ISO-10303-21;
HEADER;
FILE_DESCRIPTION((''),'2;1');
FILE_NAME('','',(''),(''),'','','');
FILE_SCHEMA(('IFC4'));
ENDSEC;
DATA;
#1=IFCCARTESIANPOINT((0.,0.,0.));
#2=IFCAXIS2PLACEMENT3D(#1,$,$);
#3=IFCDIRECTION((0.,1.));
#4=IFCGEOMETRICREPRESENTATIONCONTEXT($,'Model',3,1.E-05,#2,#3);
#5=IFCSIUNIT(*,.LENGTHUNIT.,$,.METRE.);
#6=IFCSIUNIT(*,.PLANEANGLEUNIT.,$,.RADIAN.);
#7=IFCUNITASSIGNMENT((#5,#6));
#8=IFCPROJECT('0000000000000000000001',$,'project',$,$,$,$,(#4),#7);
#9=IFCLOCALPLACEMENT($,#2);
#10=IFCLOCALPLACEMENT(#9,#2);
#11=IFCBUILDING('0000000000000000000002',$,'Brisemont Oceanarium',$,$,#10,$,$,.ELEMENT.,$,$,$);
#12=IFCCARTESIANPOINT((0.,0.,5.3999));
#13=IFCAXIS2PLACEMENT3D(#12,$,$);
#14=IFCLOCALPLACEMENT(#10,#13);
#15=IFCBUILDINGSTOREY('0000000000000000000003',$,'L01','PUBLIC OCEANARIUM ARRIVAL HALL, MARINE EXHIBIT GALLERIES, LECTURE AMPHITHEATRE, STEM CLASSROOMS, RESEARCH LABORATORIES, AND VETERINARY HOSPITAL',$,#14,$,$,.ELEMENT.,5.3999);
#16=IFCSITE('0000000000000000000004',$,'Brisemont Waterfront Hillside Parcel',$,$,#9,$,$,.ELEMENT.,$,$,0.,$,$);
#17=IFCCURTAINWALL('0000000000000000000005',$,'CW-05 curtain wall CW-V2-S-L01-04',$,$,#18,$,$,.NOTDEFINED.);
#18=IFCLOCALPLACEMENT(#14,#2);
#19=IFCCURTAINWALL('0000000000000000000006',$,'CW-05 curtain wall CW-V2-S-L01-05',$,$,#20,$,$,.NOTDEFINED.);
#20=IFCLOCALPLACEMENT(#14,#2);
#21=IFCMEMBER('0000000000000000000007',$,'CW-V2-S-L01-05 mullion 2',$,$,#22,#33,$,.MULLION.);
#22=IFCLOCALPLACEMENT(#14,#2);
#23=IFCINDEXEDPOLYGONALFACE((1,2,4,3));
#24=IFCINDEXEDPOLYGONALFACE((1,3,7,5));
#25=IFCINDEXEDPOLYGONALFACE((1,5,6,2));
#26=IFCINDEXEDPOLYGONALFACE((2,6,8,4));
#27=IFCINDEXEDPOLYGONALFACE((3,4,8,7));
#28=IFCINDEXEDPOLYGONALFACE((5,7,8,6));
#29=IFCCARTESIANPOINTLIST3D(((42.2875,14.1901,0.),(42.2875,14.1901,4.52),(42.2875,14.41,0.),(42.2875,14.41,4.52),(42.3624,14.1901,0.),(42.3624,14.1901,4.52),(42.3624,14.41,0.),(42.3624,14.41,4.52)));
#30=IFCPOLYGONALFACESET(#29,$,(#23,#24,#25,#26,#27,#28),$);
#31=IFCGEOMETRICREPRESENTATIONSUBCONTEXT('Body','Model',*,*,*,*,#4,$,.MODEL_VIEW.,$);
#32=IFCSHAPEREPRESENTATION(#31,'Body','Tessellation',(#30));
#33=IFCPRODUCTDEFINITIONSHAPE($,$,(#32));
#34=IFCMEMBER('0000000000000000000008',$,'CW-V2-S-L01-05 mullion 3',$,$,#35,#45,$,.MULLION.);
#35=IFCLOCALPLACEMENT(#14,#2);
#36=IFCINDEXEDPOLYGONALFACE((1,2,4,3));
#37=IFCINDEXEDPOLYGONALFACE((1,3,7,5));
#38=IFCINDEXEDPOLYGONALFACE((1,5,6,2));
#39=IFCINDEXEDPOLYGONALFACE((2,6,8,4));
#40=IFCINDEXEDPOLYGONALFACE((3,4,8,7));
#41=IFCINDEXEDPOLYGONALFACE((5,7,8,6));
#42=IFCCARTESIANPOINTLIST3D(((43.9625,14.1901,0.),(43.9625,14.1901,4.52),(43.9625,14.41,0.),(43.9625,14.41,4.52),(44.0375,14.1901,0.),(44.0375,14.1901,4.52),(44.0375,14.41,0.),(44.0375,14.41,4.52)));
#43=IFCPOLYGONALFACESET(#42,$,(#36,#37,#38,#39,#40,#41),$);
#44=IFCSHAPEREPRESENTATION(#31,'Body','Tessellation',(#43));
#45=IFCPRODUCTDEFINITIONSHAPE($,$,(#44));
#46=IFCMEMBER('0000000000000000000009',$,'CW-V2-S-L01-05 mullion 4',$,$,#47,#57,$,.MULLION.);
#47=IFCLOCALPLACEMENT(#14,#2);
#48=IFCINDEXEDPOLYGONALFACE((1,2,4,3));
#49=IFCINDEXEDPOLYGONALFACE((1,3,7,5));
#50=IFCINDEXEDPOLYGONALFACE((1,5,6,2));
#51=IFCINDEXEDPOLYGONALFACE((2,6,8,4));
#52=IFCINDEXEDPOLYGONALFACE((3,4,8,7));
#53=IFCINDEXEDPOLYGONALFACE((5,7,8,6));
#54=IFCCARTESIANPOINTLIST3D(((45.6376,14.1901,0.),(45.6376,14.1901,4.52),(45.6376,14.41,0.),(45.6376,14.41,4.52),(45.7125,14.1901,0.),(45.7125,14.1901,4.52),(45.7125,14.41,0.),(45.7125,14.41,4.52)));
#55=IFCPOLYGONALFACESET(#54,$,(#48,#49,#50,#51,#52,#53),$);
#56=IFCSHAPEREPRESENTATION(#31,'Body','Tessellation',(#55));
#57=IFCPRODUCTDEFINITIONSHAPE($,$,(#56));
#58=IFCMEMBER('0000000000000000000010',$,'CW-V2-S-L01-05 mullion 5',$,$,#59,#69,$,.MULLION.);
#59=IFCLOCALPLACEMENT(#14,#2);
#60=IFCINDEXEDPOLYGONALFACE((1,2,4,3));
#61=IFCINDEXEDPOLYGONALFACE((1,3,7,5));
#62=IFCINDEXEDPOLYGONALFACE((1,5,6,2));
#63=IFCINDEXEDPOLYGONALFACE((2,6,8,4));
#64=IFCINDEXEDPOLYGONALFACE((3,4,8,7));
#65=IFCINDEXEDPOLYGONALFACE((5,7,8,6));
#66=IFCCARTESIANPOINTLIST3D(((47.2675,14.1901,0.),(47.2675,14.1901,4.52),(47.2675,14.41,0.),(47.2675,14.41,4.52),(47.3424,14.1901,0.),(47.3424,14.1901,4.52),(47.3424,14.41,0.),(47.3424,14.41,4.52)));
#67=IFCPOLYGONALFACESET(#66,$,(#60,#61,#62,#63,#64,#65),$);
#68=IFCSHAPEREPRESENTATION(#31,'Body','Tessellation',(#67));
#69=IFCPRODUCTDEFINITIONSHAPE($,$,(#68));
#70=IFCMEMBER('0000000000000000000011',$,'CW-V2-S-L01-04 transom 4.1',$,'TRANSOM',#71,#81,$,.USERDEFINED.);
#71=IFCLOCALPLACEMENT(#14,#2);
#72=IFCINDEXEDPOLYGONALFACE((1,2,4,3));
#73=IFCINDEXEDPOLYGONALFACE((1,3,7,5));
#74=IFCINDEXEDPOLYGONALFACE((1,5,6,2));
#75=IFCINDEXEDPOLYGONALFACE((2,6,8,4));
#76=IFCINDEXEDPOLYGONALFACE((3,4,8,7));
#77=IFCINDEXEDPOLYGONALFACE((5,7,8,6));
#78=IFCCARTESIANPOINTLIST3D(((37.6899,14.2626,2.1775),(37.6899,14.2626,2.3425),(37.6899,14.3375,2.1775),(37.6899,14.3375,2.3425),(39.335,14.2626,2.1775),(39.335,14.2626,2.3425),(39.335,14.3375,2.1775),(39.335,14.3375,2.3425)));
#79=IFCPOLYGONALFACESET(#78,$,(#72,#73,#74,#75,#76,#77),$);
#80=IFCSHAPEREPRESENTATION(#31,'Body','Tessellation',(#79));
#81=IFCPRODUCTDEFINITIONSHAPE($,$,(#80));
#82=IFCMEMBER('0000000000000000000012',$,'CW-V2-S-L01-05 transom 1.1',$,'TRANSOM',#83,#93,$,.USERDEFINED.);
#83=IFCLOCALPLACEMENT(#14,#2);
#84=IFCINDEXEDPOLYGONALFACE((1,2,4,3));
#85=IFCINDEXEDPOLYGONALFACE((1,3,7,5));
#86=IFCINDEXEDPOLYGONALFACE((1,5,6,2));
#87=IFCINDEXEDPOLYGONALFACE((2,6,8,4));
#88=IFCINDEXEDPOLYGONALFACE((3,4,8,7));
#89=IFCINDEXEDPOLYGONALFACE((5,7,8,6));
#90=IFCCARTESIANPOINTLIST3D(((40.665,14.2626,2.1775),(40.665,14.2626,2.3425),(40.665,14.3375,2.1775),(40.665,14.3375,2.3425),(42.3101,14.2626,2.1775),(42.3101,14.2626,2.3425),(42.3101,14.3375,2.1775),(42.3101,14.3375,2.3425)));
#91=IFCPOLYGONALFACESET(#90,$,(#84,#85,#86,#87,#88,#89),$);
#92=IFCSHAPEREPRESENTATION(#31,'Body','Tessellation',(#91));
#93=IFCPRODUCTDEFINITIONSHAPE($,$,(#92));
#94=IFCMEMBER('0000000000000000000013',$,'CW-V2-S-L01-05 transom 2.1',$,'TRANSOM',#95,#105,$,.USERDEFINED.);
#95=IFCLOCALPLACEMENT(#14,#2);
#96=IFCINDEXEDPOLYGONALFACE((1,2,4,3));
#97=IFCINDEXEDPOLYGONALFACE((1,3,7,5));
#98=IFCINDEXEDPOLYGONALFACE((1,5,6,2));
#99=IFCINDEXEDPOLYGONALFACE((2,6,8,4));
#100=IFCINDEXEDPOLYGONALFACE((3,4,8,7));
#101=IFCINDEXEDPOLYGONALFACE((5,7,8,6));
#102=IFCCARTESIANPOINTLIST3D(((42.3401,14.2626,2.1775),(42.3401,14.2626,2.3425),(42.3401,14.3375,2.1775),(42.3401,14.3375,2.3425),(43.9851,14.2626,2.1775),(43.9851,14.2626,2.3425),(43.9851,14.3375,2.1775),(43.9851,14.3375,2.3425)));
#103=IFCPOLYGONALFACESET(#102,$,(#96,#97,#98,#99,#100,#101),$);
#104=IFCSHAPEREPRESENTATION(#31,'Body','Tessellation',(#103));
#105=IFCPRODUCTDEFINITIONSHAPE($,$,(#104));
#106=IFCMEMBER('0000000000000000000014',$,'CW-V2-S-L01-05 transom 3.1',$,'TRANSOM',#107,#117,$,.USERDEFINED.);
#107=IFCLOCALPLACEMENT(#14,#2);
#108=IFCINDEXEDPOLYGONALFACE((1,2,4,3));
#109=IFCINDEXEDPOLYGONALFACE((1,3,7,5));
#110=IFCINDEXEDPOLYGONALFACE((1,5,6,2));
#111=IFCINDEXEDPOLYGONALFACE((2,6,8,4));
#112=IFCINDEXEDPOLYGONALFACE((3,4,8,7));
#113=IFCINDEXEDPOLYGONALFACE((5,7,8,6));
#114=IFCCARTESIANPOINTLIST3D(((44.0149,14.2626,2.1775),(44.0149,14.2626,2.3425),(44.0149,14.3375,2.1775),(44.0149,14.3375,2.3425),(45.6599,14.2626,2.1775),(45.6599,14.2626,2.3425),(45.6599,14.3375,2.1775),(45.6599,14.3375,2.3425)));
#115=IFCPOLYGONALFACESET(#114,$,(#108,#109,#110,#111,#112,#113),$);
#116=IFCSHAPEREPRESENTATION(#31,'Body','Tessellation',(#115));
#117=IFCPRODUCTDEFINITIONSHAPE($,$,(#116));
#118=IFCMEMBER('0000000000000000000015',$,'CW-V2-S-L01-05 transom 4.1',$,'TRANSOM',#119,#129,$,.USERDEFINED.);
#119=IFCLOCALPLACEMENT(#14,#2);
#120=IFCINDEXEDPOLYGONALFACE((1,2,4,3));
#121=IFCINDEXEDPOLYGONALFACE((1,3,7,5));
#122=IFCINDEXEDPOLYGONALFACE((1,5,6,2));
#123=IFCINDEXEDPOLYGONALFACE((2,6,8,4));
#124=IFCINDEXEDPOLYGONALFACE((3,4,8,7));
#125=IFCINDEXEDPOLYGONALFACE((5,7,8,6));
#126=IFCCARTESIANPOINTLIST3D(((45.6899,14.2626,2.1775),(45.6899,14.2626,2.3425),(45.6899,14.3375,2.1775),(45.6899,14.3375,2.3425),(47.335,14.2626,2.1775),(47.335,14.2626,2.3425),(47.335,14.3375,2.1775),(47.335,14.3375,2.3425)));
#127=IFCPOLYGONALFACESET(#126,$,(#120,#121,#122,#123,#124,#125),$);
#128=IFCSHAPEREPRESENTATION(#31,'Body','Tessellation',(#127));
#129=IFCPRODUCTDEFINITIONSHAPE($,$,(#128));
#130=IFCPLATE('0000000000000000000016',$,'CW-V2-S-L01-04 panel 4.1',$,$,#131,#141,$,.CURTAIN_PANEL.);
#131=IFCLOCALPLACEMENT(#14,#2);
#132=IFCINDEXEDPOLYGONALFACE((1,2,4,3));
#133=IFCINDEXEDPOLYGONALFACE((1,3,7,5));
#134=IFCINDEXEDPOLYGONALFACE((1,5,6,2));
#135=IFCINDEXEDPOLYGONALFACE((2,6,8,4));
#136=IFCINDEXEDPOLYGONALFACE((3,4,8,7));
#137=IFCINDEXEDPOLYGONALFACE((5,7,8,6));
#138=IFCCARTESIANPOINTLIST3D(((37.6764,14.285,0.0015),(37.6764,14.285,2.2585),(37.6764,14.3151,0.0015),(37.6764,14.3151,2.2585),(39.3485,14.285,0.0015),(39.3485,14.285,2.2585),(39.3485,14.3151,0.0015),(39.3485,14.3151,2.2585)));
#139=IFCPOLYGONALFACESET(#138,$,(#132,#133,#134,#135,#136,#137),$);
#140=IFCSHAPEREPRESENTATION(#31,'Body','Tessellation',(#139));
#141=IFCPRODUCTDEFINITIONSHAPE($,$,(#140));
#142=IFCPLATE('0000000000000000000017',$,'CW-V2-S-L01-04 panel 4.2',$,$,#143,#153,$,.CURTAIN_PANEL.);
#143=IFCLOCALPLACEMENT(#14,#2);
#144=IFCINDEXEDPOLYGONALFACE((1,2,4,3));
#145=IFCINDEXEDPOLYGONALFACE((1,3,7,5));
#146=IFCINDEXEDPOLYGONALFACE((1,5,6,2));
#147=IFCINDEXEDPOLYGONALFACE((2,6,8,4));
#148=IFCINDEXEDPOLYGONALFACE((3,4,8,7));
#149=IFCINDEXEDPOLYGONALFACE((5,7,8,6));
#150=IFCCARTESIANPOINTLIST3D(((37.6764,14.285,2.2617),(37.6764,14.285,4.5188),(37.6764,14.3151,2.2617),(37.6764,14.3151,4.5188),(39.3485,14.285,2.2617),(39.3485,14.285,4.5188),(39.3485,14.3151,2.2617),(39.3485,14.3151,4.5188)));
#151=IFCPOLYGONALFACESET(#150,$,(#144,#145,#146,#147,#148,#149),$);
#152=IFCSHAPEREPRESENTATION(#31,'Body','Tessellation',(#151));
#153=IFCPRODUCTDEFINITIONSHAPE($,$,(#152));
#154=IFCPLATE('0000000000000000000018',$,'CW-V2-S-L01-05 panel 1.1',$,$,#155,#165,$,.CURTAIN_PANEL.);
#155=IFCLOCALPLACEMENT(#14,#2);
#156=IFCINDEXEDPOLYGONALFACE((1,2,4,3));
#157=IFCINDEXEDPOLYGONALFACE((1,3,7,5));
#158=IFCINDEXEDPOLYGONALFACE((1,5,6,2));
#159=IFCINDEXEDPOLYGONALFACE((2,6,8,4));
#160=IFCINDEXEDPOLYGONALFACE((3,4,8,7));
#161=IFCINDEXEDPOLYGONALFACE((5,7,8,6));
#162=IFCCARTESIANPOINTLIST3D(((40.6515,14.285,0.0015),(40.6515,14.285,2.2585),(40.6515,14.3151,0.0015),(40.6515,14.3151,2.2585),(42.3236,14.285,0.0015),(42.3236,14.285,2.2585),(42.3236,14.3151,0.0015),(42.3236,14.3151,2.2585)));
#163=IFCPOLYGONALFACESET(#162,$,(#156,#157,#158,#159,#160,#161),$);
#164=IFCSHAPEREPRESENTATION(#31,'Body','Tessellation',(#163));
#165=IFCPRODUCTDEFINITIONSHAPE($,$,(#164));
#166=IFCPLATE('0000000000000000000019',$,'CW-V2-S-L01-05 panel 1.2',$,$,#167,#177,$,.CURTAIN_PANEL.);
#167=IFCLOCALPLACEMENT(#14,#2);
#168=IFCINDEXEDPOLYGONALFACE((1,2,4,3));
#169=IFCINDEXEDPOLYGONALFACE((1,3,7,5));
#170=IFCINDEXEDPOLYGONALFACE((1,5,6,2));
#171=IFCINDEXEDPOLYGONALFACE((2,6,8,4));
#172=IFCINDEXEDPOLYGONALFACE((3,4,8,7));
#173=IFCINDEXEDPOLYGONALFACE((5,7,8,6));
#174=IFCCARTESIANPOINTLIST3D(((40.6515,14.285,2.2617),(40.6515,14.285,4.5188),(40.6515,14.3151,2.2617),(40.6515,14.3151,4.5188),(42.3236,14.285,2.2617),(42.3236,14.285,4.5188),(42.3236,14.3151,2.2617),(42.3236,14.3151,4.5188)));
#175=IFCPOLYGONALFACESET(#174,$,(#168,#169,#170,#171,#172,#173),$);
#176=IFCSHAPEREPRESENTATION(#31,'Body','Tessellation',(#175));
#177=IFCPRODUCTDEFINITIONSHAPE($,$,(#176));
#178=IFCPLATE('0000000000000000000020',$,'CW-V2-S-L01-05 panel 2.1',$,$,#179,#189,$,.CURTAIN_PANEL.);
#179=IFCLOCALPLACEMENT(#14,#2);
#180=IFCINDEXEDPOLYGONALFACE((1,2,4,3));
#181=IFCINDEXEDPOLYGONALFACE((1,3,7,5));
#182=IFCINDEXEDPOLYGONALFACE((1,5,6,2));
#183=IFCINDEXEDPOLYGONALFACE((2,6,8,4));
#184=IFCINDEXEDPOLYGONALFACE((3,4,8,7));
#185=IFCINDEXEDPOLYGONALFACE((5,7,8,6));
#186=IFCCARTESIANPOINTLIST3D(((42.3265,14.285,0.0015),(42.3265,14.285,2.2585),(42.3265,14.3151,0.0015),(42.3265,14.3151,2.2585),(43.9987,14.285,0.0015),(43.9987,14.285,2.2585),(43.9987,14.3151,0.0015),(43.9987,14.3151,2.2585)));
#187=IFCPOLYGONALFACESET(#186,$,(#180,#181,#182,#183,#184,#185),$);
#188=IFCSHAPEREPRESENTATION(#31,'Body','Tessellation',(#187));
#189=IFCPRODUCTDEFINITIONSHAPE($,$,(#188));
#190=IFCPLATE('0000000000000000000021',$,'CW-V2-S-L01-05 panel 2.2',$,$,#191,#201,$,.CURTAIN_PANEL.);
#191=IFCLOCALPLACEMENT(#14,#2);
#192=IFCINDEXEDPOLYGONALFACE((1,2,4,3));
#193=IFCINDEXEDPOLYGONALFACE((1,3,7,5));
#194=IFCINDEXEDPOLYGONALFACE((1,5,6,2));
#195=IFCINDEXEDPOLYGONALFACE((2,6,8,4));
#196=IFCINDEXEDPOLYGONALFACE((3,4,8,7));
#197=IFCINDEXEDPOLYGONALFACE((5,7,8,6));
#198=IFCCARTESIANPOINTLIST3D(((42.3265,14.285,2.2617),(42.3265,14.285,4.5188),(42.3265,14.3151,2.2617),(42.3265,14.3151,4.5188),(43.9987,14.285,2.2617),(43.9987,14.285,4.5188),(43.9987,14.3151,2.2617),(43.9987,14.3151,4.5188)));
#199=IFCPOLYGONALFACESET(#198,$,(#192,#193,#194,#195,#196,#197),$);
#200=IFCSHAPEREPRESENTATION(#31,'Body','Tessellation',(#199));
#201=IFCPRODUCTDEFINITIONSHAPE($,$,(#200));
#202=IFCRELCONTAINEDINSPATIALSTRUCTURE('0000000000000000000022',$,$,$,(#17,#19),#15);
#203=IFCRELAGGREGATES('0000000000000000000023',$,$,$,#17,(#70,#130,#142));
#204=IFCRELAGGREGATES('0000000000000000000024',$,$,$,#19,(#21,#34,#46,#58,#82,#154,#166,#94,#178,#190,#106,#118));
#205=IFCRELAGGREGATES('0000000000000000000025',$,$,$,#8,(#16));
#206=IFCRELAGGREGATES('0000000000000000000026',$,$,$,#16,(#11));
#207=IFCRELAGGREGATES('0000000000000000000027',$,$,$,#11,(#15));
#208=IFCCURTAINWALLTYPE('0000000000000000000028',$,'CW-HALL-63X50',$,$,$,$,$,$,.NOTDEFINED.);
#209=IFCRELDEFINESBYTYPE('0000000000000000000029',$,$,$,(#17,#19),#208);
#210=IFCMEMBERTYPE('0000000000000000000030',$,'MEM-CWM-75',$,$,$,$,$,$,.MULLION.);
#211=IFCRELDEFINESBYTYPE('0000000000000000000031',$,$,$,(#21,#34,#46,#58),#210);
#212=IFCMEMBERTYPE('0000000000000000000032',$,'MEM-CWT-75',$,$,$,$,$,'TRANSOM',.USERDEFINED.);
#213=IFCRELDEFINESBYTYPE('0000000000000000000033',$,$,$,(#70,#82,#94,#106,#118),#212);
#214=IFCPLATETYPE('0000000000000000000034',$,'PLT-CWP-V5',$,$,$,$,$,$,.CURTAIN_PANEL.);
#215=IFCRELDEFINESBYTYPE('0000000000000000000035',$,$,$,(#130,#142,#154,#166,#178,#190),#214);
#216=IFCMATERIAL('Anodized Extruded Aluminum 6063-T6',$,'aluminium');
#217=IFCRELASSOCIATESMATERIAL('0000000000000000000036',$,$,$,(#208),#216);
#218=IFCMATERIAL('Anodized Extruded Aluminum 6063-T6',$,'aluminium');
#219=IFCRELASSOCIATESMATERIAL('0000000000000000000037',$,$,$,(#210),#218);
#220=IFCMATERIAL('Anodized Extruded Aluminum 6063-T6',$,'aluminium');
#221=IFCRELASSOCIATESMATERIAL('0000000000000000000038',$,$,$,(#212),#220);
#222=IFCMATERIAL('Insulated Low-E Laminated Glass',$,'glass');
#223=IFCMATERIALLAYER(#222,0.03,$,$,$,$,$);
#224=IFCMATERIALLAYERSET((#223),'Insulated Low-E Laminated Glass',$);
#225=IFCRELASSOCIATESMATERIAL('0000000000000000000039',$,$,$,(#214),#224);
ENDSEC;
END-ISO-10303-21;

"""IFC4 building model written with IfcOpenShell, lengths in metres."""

from ifc_helpers import new_model, si_unit, direction, frame, origin, origin_2d, place, context, subcontext, project, spatial, rectangle, extrude, material, layer, layer_set, material_profile, profile_set, type_object, element, aggregate, save


model = new_model("IFC4")

# Units and contexts
model_context = context("Model", 3, precision=1e-05, world=origin(), true_north=direction((0.0, 1.0)))
body_context = subcontext(model_context, "Body", "Model", "MODEL_VIEW")
ifc_project = project(units=[si_unit("LENGTHUNIT", "METRE"), si_unit("PLANEANGLEUNIT", "RADIAN")], contexts=[model_context])

# Site, building, storey
site_placement = place(None, origin())
site = spatial("IfcSite", under=ifc_project, at=site_placement, Name="Brisemont Waterfront Hillside Parcel", CompositionType="ELEMENT", RefElevation=0.0)
building_placement = place(site_placement, origin())
building = spatial("IfcBuilding", under=site, at=building_placement, Name="Brisemont Oceanarium", CompositionType="ELEMENT")
storey_placement = place(building_placement, frame((0.0, 0.0, 5.3999)))
storey = spatial("IfcBuildingStorey", under=building, at=storey_placement, Name="L01", Description="PUBLIC OCEANARIUM ARRIVAL HALL, MARINE EXHIBIT GALLERIES, LECTURE AMPHITHEATRE, STEM CLASSROOMS, RESEARCH LABORATORIES, AND VETERINARY HOSPITAL", CompositionType="ELEMENT", Elevation=5.3999)

# Curtain walls, members
ifc_material_1 = material(Name="Anodized Extruded Aluminum 6063-T6", Category="aluminium")
curtain_wall_type = type_object("IfcCurtainWallType", Name="CW-HALL-63X50", PredefinedType="NOTDEFINED", material=ifc_material_1)
curtain_wall_1_placement = place(storey_placement, origin())
curtain_wall_1 = element("IfcCurtainWall", 1, at=curtain_wall_1_placement, inside=storey, type_object=curtain_wall_type, Name="CW-05 curtain wall CW-V2-S-L01-04", PredefinedType="NOTDEFINED")
ifc_material_2 = material(Name="Anodized Extruded Aluminum 6063-T6", Category="aluminium")
ifc_material_profile_1 = material_profile(ifc_material_2, rectangle(XDim=0.075, YDim=0.22, at=origin_2d()), Name="CWM-75X220")
ifc_profile_set_1 = profile_set([ifc_material_profile_1], Name="Anodized Extruded Aluminum 6063-T6")
member_type_1 = type_object("IfcMemberType", Name="MEM-CWM-75", PredefinedType="MULLION", material=ifc_profile_set_1)
curtain_wall_2_placement = place(storey_placement, origin())
curtain_wall_2 = element("IfcCurtainWall", 2, at=curtain_wall_2_placement, inside=storey, type_object=curtain_wall_type, Name="CW-05 curtain wall CW-V2-S-L01-05", PredefinedType="NOTDEFINED")
member_1_placement = place(storey_placement, frame((42.325, 14.3, 0.0), z_axis=(0.0, 0.0, 1.0), x_axis=(1.0, 0.0, 0.0)))
member_1 = element("IfcMember", 3, at=member_1_placement, type_object=member_type_1, Name="CW-V2-S-L01-05 mullion 2", PredefinedType="MULLION", context=body_context, shape_type="SweptSolid", body=[
    extrude(rectangle(XDim=0.075, YDim=0.22, at=origin_2d()), origin(), (0.0, 0.0, 1.0), 4.52),
])
member_2_placement = place(storey_placement, frame((44.0, 14.3, 0.0), z_axis=(0.0, 0.0, 1.0), x_axis=(1.0, 0.0, 0.0)))
member_2 = element("IfcMember", 4, at=member_2_placement, type_object=member_type_1, Name="CW-V2-S-L01-05 mullion 3", PredefinedType="MULLION", context=body_context, shape_type="SweptSolid", body=[
    extrude(rectangle(XDim=0.075, YDim=0.22, at=origin_2d()), origin(), (0.0, 0.0, 1.0), 4.52),
])
member_3_placement = place(storey_placement, frame((45.675, 14.3, 0.0), z_axis=(0.0, 0.0, 1.0), x_axis=(1.0, 0.0, 0.0)))
member_3 = element("IfcMember", 5, at=member_3_placement, type_object=member_type_1, Name="CW-V2-S-L01-05 mullion 4", PredefinedType="MULLION", context=body_context, shape_type="SweptSolid", body=[
    extrude(rectangle(XDim=0.075, YDim=0.22, at=origin_2d()), origin(), (0.0, 0.0, 1.0), 4.52),
])
member_4_placement = place(storey_placement, frame((47.3049, 14.3, 0.0), z_axis=(0.0, 0.0, 1.0), x_axis=(1.0, 0.0, 0.0)))
member_4 = element("IfcMember", 6, at=member_4_placement, type_object=member_type_1, Name="CW-V2-S-L01-05 mullion 5", PredefinedType="MULLION", context=body_context, shape_type="SweptSolid", body=[
    extrude(rectangle(XDim=0.075, YDim=0.22, at=origin_2d()), origin(), (0.0, 0.0, 1.0), 4.52),
])

# Members
ifc_material_3 = material(Name="Anodized Extruded Aluminum 6063-T6", Category="aluminium")
ifc_material_profile_2 = material_profile(ifc_material_3, rectangle(XDim=0.075, YDim=0.165, at=origin_2d()), Name="CWT-75X165")
ifc_profile_set_2 = profile_set([ifc_material_profile_2], Name="Anodized Extruded Aluminum 6063-T6")
member_type_2 = type_object("IfcMemberType", Name="MEM-CWT-75", ElementType="TRANSOM", PredefinedType="USERDEFINED", material=ifc_profile_set_2)
member_5_placement = place(storey_placement, frame((37.6899, 14.3, 2.26), z_axis=(1.0, 0.0, 0.0), x_axis=(0.0, 1.0, 0.0)))
member_5 = element("IfcMember", 7, at=member_5_placement, type_object=member_type_2, Name="CW-V2-S-L01-04 transom 4.1", ObjectType="TRANSOM", PredefinedType="USERDEFINED", context=body_context, shape_type="SweptSolid", body=[
    extrude(rectangle(XDim=0.075, YDim=0.165, at=origin_2d()), origin(), (0.0, 0.0, 1.0), 1.645),
])
member_6_placement = place(storey_placement, frame((40.665, 14.3, 2.26), z_axis=(1.0, 0.0, 0.0), x_axis=(0.0, 1.0, 0.0)))
member_6 = element("IfcMember", 8, at=member_6_placement, type_object=member_type_2, Name="CW-V2-S-L01-05 transom 1.1", ObjectType="TRANSOM", PredefinedType="USERDEFINED", context=body_context, shape_type="SweptSolid", body=[
    extrude(rectangle(XDim=0.075, YDim=0.165, at=origin_2d()), origin(), (0.0, 0.0, 1.0), 1.645),
])
member_7_placement = place(storey_placement, frame((42.3401, 14.3, 2.26), z_axis=(1.0, 0.0, 0.0), x_axis=(0.0, 1.0, 0.0)))
member_7 = element("IfcMember", 9, at=member_7_placement, type_object=member_type_2, Name="CW-V2-S-L01-05 transom 2.1", ObjectType="TRANSOM", PredefinedType="USERDEFINED", context=body_context, shape_type="SweptSolid", body=[
    extrude(rectangle(XDim=0.075, YDim=0.165, at=origin_2d()), origin(), (0.0, 0.0, 1.0), 1.645),
])
member_8_placement = place(storey_placement, frame((44.0149, 14.3, 2.26), z_axis=(1.0, 0.0, 0.0), x_axis=(0.0, 1.0, 0.0)))
member_8 = element("IfcMember", 10, at=member_8_placement, type_object=member_type_2, Name="CW-V2-S-L01-05 transom 3.1", ObjectType="TRANSOM", PredefinedType="USERDEFINED", context=body_context, shape_type="SweptSolid", body=[
    extrude(rectangle(XDim=0.075, YDim=0.165, at=origin_2d()), origin(), (0.0, 0.0, 1.0), 1.645),
])
member_9_placement = place(storey_placement, frame((45.6899, 14.3, 2.26), z_axis=(1.0, 0.0, 0.0), x_axis=(0.0, 1.0, 0.0)))
member_9 = element("IfcMember", 11, at=member_9_placement, type_object=member_type_2, Name="CW-V2-S-L01-05 transom 4.1", ObjectType="TRANSOM", PredefinedType="USERDEFINED", context=body_context, shape_type="SweptSolid", body=[
    extrude(rectangle(XDim=0.075, YDim=0.165, at=origin_2d()), origin(), (0.0, 0.0, 1.0), 1.645),
])

# Plates
ifc_material_4 = material(Name="Insulated Low-E Laminated Glass", Category="glass")
ifc_layer_1 = layer(ifc_material_4, 0.03)
ifc_layer_set_1 = layer_set([ifc_layer_1], Name="Insulated Low-E Laminated Glass")
plate_type = type_object("IfcPlateType", Name="PLT-CWP-V5", PredefinedType="CURTAIN_PANEL", material=ifc_layer_set_1)
plate_1_placement = place(storey_placement, frame((38.5125, 14.3, 0.0015), z_axis=(0.0, 0.0, 1.0), x_axis=(1.0, 0.0, 0.0)))
plate_1 = element("IfcPlate", 12, at=plate_1_placement, type_object=plate_type, Name="CW-V2-S-L01-04 panel 4.1", PredefinedType="CURTAIN_PANEL", context=body_context, shape_type="SweptSolid", body=[
    extrude(rectangle(XDim=1.6721, YDim=0.03, at=origin_2d()), origin(), (0.0, 0.0, 1.0), 2.2571),
])
plate_2_placement = place(storey_placement, frame((38.5125, 14.3, 2.2617), z_axis=(0.0, 0.0, 1.0), x_axis=(1.0, 0.0, 0.0)))
plate_2 = element("IfcPlate", 13, at=plate_2_placement, type_object=plate_type, Name="CW-V2-S-L01-04 panel 4.2", PredefinedType="CURTAIN_PANEL", context=body_context, shape_type="SweptSolid", body=[
    extrude(rectangle(XDim=1.6721, YDim=0.03, at=origin_2d()), origin(), (0.0, 0.0, 1.0), 2.2571),
])
aggregate(curtain_wall_1, [member_5, plate_1, plate_2])
plate_3_placement = place(storey_placement, frame((41.4875, 14.3, 0.0015), z_axis=(0.0, 0.0, 1.0), x_axis=(1.0, 0.0, 0.0)))
plate_3 = element("IfcPlate", 14, at=plate_3_placement, type_object=plate_type, Name="CW-V2-S-L01-05 panel 1.1", PredefinedType="CURTAIN_PANEL", context=body_context, shape_type="SweptSolid", body=[
    extrude(rectangle(XDim=1.6721, YDim=0.03, at=origin_2d()), origin(), (0.0, 0.0, 1.0), 2.2571),
])
plate_4_placement = place(storey_placement, frame((41.4875, 14.3, 2.2617), z_axis=(0.0, 0.0, 1.0), x_axis=(1.0, 0.0, 0.0)))
plate_4 = element("IfcPlate", 15, at=plate_4_placement, type_object=plate_type, Name="CW-V2-S-L01-05 panel 1.2", PredefinedType="CURTAIN_PANEL", context=body_context, shape_type="SweptSolid", body=[
    extrude(rectangle(XDim=1.6721, YDim=0.03, at=origin_2d()), origin(), (0.0, 0.0, 1.0), 2.2571),
])
plate_5_placement = place(storey_placement, frame((43.1626, 14.3, 0.0015), z_axis=(0.0, 0.0, 1.0), x_axis=(1.0, 0.0, 0.0)))
plate_5 = element("IfcPlate", 16, at=plate_5_placement, type_object=plate_type, Name="CW-V2-S-L01-05 panel 2.1", PredefinedType="CURTAIN_PANEL", context=body_context, shape_type="SweptSolid", body=[
    extrude(rectangle(XDim=1.6721, YDim=0.03, at=origin_2d()), origin(), (0.0, 0.0, 1.0), 2.2571),
])
plate_6_placement = place(storey_placement, frame((43.1626, 14.3, 2.2617), z_axis=(0.0, 0.0, 1.0), x_axis=(1.0, 0.0, 0.0)))
plate_6 = element("IfcPlate", 17, at=plate_6_placement, type_object=plate_type, Name="CW-V2-S-L01-05 panel 2.2", PredefinedType="CURTAIN_PANEL", context=body_context, shape_type="SweptSolid", body=[
    extrude(rectangle(XDim=1.6721, YDim=0.03, at=origin_2d()), origin(), (0.0, 0.0, 1.0), 2.2571),
])
aggregate(curtain_wall_2, [member_1, member_2, member_3, member_4, member_6, plate_3, plate_4, member_7, plate_5, plate_6, member_8, member_9])

save(model, "model.ifc")
